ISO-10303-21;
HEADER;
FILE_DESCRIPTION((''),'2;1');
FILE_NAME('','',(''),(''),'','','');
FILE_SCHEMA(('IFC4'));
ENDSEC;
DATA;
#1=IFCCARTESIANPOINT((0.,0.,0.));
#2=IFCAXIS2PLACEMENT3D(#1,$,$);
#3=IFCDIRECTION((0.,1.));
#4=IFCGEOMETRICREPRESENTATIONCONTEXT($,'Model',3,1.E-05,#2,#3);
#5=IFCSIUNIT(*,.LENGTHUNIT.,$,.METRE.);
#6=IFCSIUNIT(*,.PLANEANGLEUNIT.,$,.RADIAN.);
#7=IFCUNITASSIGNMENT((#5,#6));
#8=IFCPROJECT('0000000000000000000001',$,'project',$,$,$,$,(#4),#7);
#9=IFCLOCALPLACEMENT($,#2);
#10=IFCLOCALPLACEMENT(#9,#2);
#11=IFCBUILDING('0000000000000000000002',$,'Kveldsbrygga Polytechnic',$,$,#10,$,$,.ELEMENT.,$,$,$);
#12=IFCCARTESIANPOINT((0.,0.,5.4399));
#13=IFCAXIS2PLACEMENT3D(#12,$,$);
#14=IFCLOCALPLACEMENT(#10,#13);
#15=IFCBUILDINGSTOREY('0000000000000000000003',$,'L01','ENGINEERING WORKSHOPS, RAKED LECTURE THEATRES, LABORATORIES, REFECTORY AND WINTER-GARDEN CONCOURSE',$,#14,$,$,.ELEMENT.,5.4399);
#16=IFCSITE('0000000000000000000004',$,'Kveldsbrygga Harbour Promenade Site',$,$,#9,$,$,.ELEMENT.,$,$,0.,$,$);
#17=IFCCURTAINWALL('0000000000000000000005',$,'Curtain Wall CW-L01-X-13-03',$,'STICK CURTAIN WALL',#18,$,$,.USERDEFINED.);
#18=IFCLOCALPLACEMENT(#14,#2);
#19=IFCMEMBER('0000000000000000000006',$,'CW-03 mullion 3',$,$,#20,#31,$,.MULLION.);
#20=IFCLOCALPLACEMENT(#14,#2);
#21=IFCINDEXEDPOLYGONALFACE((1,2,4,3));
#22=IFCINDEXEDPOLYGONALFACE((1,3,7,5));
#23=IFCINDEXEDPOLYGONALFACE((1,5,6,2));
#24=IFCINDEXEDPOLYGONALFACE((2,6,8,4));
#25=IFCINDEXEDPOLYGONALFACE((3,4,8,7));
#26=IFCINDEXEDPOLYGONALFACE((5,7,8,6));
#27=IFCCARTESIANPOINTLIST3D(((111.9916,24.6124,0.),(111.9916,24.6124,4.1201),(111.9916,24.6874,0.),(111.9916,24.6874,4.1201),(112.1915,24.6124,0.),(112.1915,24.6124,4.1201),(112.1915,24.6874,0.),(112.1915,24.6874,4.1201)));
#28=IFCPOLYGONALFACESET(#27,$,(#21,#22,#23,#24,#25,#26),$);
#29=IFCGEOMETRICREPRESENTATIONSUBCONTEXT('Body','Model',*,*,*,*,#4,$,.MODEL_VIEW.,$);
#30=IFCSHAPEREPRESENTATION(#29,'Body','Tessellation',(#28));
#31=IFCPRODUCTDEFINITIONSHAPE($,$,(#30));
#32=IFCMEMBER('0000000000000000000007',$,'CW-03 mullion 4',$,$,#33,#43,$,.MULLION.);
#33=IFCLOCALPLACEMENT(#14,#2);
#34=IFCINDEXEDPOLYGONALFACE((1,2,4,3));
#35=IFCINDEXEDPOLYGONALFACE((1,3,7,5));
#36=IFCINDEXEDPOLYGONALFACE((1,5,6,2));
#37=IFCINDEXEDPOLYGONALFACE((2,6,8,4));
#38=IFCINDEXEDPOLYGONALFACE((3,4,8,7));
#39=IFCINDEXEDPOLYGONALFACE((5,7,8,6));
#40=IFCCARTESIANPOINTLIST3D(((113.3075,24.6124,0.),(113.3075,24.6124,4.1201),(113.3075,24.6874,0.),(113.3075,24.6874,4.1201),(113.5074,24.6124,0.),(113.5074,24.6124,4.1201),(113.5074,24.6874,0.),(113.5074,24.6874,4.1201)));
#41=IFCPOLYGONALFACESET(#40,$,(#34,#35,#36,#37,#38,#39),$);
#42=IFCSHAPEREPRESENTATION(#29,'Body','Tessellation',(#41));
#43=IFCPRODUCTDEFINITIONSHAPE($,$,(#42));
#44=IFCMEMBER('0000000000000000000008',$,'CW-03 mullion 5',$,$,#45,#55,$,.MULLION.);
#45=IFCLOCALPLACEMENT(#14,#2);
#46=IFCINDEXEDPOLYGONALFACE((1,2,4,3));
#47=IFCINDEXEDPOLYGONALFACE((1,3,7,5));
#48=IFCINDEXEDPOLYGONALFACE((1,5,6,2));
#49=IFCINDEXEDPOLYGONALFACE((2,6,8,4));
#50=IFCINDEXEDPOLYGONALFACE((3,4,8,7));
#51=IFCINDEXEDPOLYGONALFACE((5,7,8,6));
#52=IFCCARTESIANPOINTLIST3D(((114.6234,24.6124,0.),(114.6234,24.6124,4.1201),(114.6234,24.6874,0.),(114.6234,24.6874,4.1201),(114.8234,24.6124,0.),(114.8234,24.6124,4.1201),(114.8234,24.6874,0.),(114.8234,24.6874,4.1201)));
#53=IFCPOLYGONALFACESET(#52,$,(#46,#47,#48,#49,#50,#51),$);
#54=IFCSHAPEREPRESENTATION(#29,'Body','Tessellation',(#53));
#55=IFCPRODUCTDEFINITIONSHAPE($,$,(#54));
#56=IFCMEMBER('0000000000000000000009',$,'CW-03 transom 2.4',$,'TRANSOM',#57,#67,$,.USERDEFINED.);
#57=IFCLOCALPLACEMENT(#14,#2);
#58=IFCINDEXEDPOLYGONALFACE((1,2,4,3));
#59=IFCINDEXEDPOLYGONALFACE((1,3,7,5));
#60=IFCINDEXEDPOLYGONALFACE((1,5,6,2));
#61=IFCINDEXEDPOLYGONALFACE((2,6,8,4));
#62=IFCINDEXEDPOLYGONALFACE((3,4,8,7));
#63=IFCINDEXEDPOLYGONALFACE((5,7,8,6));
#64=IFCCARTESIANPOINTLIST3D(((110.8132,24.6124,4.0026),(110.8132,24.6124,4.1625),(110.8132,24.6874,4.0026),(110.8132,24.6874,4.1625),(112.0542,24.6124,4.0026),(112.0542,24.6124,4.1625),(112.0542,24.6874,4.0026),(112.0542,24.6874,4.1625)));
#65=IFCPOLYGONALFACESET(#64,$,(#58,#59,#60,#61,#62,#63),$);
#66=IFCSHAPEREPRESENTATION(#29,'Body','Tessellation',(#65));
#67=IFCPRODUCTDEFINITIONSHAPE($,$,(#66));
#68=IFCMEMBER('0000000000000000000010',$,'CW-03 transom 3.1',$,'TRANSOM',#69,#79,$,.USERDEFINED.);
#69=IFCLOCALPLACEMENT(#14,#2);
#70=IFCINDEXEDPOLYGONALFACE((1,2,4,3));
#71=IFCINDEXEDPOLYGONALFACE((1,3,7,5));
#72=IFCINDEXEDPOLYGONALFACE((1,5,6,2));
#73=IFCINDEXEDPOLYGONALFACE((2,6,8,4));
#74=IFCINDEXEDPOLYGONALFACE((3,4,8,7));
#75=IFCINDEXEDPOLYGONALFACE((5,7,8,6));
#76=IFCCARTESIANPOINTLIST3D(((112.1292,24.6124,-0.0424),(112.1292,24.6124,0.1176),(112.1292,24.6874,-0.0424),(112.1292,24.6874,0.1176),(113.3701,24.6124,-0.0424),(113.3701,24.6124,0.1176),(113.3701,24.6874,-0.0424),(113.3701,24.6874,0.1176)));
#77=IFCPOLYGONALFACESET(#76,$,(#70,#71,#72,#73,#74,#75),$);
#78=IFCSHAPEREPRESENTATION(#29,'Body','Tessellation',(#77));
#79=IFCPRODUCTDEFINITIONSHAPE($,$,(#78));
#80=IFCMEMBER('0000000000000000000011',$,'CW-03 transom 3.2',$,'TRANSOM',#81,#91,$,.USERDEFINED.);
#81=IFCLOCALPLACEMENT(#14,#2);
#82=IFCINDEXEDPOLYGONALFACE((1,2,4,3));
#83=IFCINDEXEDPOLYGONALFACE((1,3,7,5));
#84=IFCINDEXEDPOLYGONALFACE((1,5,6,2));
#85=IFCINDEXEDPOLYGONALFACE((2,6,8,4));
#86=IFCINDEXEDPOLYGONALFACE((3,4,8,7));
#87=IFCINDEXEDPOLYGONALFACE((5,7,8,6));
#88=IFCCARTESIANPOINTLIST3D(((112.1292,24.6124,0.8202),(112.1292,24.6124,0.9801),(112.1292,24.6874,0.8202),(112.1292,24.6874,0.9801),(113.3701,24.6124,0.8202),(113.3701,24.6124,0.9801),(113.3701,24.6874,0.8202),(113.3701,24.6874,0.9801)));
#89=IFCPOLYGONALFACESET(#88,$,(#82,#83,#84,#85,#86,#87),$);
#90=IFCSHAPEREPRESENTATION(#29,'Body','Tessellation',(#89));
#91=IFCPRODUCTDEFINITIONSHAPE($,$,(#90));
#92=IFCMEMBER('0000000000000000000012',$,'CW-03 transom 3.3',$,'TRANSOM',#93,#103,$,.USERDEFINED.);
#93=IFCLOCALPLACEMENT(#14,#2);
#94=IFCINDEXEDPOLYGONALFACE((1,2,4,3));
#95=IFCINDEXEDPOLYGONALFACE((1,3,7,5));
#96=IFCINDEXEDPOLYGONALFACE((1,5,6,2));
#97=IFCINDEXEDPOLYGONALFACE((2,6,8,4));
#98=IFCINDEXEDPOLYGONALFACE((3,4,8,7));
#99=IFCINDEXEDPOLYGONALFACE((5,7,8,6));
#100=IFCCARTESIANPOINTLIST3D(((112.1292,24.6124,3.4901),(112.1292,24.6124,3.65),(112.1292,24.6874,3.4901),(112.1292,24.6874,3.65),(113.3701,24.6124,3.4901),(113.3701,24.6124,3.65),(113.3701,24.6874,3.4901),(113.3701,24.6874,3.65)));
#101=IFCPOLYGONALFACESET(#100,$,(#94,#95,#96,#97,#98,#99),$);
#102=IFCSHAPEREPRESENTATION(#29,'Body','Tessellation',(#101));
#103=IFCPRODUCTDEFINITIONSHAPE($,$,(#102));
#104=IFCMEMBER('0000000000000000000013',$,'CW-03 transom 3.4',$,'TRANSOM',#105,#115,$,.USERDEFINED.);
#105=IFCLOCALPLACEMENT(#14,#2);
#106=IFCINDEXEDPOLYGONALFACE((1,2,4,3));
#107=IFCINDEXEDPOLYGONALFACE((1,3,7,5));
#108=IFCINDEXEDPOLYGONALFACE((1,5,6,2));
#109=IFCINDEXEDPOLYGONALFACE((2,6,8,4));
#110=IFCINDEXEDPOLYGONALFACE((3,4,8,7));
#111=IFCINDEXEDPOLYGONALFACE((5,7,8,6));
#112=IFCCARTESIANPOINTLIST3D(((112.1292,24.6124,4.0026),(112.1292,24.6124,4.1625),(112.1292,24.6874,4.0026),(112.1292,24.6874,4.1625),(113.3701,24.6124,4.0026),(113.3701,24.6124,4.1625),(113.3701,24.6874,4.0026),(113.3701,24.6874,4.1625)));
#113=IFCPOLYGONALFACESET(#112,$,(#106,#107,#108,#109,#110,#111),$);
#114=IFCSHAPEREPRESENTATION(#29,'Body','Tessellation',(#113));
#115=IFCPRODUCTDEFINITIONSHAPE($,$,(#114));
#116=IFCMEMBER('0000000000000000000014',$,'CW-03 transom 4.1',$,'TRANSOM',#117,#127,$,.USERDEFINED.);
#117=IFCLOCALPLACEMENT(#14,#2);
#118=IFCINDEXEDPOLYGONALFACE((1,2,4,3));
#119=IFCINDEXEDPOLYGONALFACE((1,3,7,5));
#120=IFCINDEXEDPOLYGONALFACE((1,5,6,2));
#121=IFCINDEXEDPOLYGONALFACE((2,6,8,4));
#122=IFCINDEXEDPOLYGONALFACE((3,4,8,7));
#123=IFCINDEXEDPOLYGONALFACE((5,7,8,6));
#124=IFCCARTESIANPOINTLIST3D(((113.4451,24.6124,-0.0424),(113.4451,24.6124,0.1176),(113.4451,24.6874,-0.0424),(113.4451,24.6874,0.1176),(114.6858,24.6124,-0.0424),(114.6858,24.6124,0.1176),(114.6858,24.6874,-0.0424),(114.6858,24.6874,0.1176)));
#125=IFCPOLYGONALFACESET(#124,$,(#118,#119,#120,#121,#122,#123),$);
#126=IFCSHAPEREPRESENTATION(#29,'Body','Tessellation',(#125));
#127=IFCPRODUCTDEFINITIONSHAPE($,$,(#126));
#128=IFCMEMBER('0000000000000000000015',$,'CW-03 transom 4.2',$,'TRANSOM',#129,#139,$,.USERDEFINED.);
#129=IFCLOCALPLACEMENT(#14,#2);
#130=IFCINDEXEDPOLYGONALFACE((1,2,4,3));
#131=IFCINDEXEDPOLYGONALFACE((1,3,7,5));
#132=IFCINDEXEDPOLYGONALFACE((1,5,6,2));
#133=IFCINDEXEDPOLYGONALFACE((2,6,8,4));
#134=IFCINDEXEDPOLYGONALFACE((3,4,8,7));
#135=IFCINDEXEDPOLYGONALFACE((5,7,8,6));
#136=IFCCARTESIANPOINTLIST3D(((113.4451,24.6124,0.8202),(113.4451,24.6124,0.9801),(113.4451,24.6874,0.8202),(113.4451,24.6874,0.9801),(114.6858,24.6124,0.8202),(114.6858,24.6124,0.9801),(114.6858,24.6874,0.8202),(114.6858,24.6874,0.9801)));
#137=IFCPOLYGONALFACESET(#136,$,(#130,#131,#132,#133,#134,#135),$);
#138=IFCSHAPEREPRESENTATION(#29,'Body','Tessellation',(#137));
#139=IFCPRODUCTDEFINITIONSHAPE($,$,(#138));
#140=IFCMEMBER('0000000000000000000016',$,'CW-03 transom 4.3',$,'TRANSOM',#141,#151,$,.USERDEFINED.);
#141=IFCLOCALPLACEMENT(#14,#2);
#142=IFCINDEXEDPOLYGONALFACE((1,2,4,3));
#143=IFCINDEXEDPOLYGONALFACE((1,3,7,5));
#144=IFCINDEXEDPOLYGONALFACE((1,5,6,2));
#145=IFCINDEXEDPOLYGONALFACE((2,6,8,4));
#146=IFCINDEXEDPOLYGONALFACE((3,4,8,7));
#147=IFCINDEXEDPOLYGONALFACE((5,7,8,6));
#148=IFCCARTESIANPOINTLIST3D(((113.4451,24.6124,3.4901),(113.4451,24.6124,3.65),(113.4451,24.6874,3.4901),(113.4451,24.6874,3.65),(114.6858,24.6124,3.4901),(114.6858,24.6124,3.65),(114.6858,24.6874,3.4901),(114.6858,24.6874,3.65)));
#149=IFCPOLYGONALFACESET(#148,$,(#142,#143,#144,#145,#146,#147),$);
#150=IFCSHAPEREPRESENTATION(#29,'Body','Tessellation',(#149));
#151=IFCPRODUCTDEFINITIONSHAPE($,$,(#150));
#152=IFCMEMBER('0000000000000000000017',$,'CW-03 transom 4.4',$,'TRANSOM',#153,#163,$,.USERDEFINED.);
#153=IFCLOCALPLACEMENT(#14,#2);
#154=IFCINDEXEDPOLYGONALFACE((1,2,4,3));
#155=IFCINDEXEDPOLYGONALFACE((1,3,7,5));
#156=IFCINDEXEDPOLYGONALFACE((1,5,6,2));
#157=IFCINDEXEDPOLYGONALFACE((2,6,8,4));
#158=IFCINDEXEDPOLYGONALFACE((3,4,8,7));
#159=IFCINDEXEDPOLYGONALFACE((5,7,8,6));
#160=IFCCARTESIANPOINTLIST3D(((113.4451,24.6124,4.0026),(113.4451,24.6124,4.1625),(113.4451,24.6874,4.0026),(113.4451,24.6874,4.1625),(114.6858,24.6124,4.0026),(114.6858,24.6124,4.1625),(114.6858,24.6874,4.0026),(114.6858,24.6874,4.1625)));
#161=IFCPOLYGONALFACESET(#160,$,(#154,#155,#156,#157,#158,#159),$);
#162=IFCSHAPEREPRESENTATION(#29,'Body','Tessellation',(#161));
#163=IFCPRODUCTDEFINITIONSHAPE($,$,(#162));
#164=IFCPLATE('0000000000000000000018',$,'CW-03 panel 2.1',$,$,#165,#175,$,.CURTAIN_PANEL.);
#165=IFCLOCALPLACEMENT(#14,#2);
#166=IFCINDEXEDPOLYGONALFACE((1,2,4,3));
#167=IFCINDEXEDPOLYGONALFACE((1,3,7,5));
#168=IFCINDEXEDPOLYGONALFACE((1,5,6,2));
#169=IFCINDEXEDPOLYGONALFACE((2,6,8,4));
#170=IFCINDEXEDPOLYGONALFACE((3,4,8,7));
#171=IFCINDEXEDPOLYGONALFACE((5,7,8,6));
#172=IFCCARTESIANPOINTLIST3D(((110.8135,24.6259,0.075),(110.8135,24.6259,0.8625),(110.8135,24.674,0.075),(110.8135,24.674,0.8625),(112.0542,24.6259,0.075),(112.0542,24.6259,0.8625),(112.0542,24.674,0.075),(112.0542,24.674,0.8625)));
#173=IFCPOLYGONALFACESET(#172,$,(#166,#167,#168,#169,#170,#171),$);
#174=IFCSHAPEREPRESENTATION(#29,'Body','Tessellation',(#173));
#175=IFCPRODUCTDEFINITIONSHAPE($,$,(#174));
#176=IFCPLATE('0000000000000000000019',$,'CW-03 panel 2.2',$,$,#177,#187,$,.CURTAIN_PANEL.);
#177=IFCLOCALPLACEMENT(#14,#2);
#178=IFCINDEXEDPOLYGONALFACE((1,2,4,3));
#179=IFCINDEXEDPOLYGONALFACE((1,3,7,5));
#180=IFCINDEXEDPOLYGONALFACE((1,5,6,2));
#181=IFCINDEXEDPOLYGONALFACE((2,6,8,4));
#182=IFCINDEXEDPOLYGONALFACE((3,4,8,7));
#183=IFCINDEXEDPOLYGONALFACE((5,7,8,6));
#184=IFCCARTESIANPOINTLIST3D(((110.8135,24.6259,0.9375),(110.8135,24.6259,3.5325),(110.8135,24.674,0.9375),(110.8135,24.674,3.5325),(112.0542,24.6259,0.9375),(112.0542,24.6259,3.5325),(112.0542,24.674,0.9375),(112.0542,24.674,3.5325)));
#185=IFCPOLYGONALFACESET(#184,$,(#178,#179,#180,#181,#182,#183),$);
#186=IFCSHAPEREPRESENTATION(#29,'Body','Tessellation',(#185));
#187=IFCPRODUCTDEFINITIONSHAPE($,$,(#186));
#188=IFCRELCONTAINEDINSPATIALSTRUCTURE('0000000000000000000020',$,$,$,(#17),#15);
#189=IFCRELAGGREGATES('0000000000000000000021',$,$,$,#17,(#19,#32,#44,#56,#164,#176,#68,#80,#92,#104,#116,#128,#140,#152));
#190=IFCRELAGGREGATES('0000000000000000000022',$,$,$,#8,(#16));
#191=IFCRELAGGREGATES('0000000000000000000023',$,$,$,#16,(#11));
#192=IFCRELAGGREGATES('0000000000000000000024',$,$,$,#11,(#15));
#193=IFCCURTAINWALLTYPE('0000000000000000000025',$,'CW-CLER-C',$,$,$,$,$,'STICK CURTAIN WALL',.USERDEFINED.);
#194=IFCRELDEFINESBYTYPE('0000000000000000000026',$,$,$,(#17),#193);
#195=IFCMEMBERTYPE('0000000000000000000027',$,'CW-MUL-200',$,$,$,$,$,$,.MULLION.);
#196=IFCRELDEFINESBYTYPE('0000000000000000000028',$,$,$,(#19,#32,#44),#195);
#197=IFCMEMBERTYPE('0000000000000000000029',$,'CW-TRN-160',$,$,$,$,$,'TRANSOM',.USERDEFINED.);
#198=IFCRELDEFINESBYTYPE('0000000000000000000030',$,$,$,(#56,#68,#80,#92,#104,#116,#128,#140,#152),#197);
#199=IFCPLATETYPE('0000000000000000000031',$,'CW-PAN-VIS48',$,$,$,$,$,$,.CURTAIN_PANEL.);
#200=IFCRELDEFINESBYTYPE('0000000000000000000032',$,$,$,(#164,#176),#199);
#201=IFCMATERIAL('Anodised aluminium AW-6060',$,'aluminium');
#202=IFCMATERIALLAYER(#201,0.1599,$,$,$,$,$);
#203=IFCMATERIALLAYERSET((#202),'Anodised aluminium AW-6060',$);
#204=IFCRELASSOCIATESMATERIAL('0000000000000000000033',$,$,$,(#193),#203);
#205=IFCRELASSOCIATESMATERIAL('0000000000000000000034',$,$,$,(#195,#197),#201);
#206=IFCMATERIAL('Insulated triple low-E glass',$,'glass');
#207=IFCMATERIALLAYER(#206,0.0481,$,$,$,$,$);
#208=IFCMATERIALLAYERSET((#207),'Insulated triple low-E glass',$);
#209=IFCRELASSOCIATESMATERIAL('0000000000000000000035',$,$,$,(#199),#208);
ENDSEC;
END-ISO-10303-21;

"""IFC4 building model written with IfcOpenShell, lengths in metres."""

from ifc_helpers import new_model, si_unit, direction, frame, origin, origin_2d, place, context, subcontext, project, spatial, rectangle, extrude, material, layer, layer_set, material_profile, profile_set, type_object, element, aggregate, save


model = new_model("IFC4")

# Units and contexts
model_context = context("Model", 3, precision=1e-05, world=origin(), true_north=direction((0.0, 1.0)))
body_context = subcontext(model_context, "Body", "Model", "MODEL_VIEW")
ifc_project = project(units=[si_unit("LENGTHUNIT", "METRE"), si_unit("PLANEANGLEUNIT", "RADIAN")], contexts=[model_context])

# Site, building, storey
site_placement = place(None, origin())
site = spatial("IfcSite", under=ifc_project, at=site_placement, Name="Kveldsbrygga Harbour Promenade Site", CompositionType="ELEMENT", RefElevation=0.0)
building_placement = place(site_placement, origin())
building = spatial("IfcBuilding", under=site, at=building_placement, Name="Kveldsbrygga Polytechnic", CompositionType="ELEMENT")
storey_placement = place(building_placement, frame((0.0, 0.0, 5.4399)))
storey = spatial("IfcBuildingStorey", under=building, at=storey_placement, Name="L01", Description="ENGINEERING WORKSHOPS, RAKED LECTURE THEATRES, LABORATORIES, REFECTORY AND WINTER-GARDEN CONCOURSE", CompositionType="ELEMENT", Elevation=5.4399)

# Curtain wall, members, plates
ifc_material_1 = material(Name="Anodised aluminium AW-6060", Category="aluminium")
ifc_layer_1 = layer(ifc_material_1, 0.1599)
ifc_layer_set_1 = layer_set([ifc_layer_1], Name="Anodised aluminium AW-6060")
curtain_wall_type = type_object("IfcCurtainWallType", Name="CW-CLER-C", ElementType="STICK CURTAIN WALL", PredefinedType="USERDEFINED", material=ifc_layer_set_1)
curtain_wall_placement = place(storey_placement, origin())
curtain_wall = element("IfcCurtainWall", 1, at=curtain_wall_placement, inside=storey, type_object=curtain_wall_type, Name="Curtain Wall CW-L01-X-13-03", ObjectType="STICK CURTAIN WALL", PredefinedType="USERDEFINED")
ifc_material_profile_1 = material_profile(ifc_material_1, rectangle(XDim=0.075, YDim=0.2, at=origin_2d()), Name="ALU 75x200")
ifc_profile_set_1 = profile_set([ifc_material_profile_1], Name="Anodised aluminium AW-6060")
member_type_1 = type_object("IfcMemberType", Name="CW-MUL-200", PredefinedType="MULLION", material=ifc_profile_set_1)
member_1_placement = place(storey_placement, frame((112.0916, 24.6499, 0.0), z_axis=(0.0, 0.0, 1.0), x_axis=(0.0, 1.0, 0.0)))
member_1 = element("IfcMember", 2, at=member_1_placement, type_object=member_type_1, Name="CW-03 mullion 3", PredefinedType="MULLION", context=body_context, shape_type="SweptSolid", body=[
    extrude(rectangle(XDim=0.075, YDim=0.2, at=origin_2d()), origin(), (0.0, 0.0, 1.0), 4.1201),
])
member_2_placement = place(storey_placement, frame((113.4075, 24.6499, 0.0), z_axis=(0.0, 0.0, 1.0), x_axis=(0.0, 1.0, 0.0)))
member_2 = element("IfcMember", 3, at=member_2_placement, type_object=member_type_1, Name="CW-03 mullion 4", PredefinedType="MULLION", context=body_context, shape_type="SweptSolid", body=[
    extrude(rectangle(XDim=0.075, YDim=0.2, at=origin_2d()), origin(), (0.0, 0.0, 1.0), 4.1201),
])
member_3_placement = place(storey_placement, frame((114.7234, 24.6499, 0.0), z_axis=(0.0, 0.0, 1.0), x_axis=(0.0, 1.0, 0.0)))
member_3 = element("IfcMember", 4, at=member_3_placement, type_object=member_type_1, Name="CW-03 mullion 5", PredefinedType="MULLION", context=body_context, shape_type="SweptSolid", body=[
    extrude(rectangle(XDim=0.075, YDim=0.2, at=origin_2d()), origin(), (0.0, 0.0, 1.0), 4.1201),
])
ifc_material_profile_2 = material_profile(ifc_material_1, rectangle(XDim=0.075, YDim=0.1599, at=origin_2d()), Name="ALU 75x160")
ifc_profile_set_2 = profile_set([ifc_material_profile_2], Name="Anodised aluminium AW-6060")
member_type_2 = type_object("IfcMemberType", Name="CW-TRN-160", ElementType="TRANSOM", PredefinedType="USERDEFINED", material=ifc_profile_set_2)
member_4_placement = place(storey_placement, frame((110.8132, 24.6499, 4.0825), z_axis=(1.0, 0.0, 0.0), x_axis=(0.0, 1.0, 0.0)))
member_4 = element("IfcMember", 5, at=member_4_placement, type_object=member_type_2, Name="CW-03 transom 2.4", ObjectType="TRANSOM", PredefinedType="USERDEFINED", context=body_context, shape_type="SweptSolid", body=[
    extrude(rectangle(XDim=0.075, YDim=0.1599, at=origin_2d()), origin(), (0.0, 0.0, 1.0), 1.241),
])
member_5_placement = place(storey_placement, frame((112.1292, 24.6499, 0.0376), z_axis=(1.0, 0.0, 0.0), x_axis=(0.0, 1.0, 0.0)))
member_5 = element("IfcMember", 6, at=member_5_placement, type_object=member_type_2, Name="CW-03 transom 3.1", ObjectType="TRANSOM", PredefinedType="USERDEFINED", context=body_context, shape_type="SweptSolid", body=[
    extrude(rectangle(XDim=0.075, YDim=0.1599, at=origin_2d()), origin(), (0.0, 0.0, 1.0), 1.241),
])
member_6_placement = place(storey_placement, frame((112.1292, 24.6499, 0.9001), z_axis=(1.0, 0.0, 0.0), x_axis=(0.0, 1.0, 0.0)))
member_6 = element("IfcMember", 7, at=member_6_placement, type_object=member_type_2, Name="CW-03 transom 3.2", ObjectType="TRANSOM", PredefinedType="USERDEFINED", context=body_context, shape_type="SweptSolid", body=[
    extrude(rectangle(XDim=0.075, YDim=0.1599, at=origin_2d()), origin(), (0.0, 0.0, 1.0), 1.241),
])
member_7_placement = place(storey_placement, frame((112.1292, 24.6499, 3.5701), z_axis=(1.0, 0.0, 0.0), x_axis=(0.0, 1.0, 0.0)))
member_7 = element("IfcMember", 8, at=member_7_placement, type_object=member_type_2, Name="CW-03 transom 3.3", ObjectType="TRANSOM", PredefinedType="USERDEFINED", context=body_context, shape_type="SweptSolid", body=[
    extrude(rectangle(XDim=0.075, YDim=0.1599, at=origin_2d()), origin(), (0.0, 0.0, 1.0), 1.241),
])
member_8_placement = place(storey_placement, frame((112.1292, 24.6499, 4.0825), z_axis=(1.0, 0.0, 0.0), x_axis=(0.0, 1.0, 0.0)))
member_8 = element("IfcMember", 9, at=member_8_placement, type_object=member_type_2, Name="CW-03 transom 3.4", ObjectType="TRANSOM", PredefinedType="USERDEFINED", context=body_context, shape_type="SweptSolid", body=[
    extrude(rectangle(XDim=0.075, YDim=0.1599, at=origin_2d()), origin(), (0.0, 0.0, 1.0), 1.241),
])
member_9_placement = place(storey_placement, frame((113.4451, 24.6499, 0.0376), z_axis=(1.0, 0.0, 0.0), x_axis=(0.0, 1.0, 0.0)))
member_9 = element("IfcMember", 10, at=member_9_placement, type_object=member_type_2, Name="CW-03 transom 4.1", ObjectType="TRANSOM", PredefinedType="USERDEFINED", context=body_context, shape_type="SweptSolid", body=[
    extrude(rectangle(XDim=0.075, YDim=0.1599, at=origin_2d()), origin(), (0.0, 0.0, 1.0), 1.2407),
])
member_10_placement = place(storey_placement, frame((113.4451, 24.6499, 0.9001), z_axis=(1.0, 0.0, 0.0), x_axis=(0.0, 1.0, 0.0)))
member_10 = element("IfcMember", 11, at=member_10_placement, type_object=member_type_2, Name="CW-03 transom 4.2", ObjectType="TRANSOM", PredefinedType="USERDEFINED", context=body_context, shape_type="SweptSolid", body=[
    extrude(rectangle(XDim=0.075, YDim=0.1599, at=origin_2d()), origin(), (0.0, 0.0, 1.0), 1.2407),
])
member_11_placement = place(storey_placement, frame((113.4451, 24.6499, 3.5701), z_axis=(1.0, 0.0, 0.0), x_axis=(0.0, 1.0, 0.0)))
member_11 = element("IfcMember", 12, at=member_11_placement, type_object=member_type_2, Name="CW-03 transom 4.3", ObjectType="TRANSOM", PredefinedType="USERDEFINED", context=body_context, shape_type="SweptSolid", body=[
    extrude(rectangle(XDim=0.075, YDim=0.1599, at=origin_2d()), origin(), (0.0, 0.0, 1.0), 1.2407),
])
member_12_placement = place(storey_placement, frame((113.4451, 24.6499, 4.0825), z_axis=(1.0, 0.0, 0.0), x_axis=(0.0, 1.0, 0.0)))
member_12 = element("IfcMember", 13, at=member_12_placement, type_object=member_type_2, Name="CW-03 transom 4.4", ObjectType="TRANSOM", PredefinedType="USERDEFINED", context=body_context, shape_type="SweptSolid", body=[
    extrude(rectangle(XDim=0.075, YDim=0.1599, at=origin_2d()), origin(), (0.0, 0.0, 1.0), 1.2407),
])
ifc_material_2 = material(Name="Insulated triple low-E glass", Category="glass")
ifc_layer_2 = layer(ifc_material_2, 0.0481)
ifc_layer_set_2 = layer_set([ifc_layer_2], Name="Insulated triple low-E glass")
plate_type = type_object("IfcPlateType", Name="CW-PAN-VIS48", PredefinedType="CURTAIN_PANEL", material=ifc_layer_set_2)
plate_1_placement = place(storey_placement, frame((111.4338, 24.6499, 0.075), z_axis=(0.0, 0.0, 1.0), x_axis=(1.0, 0.0, 0.0)))
plate_1 = element("IfcPlate", 14, at=plate_1_placement, type_object=plate_type, Name="CW-03 panel 2.1", PredefinedType="CURTAIN_PANEL", context=body_context, shape_type="SweptSolid", body=[
    extrude(rectangle(XDim=1.2407, YDim=0.0481, at=origin_2d()), origin(), (0.0, 0.0, 1.0), 0.7876),
])
plate_2_placement = place(storey_placement, frame((111.4338, 24.6499, 0.9375), z_axis=(0.0, 0.0, 1.0), x_axis=(1.0, 0.0, 0.0)))
plate_2 = element("IfcPlate", 15, at=plate_2_placement, type_object=plate_type, Name="CW-03 panel 2.2", PredefinedType="CURTAIN_PANEL", context=body_context, shape_type="SweptSolid", body=[
    extrude(rectangle(XDim=1.2407, YDim=0.0481, at=origin_2d()), origin(), (0.0, 0.0, 1.0), 2.595),
])
aggregate(curtain_wall, [member_1, member_2, member_3, member_4, plate_1, plate_2, member_5, member_6, member_7, member_8, member_9, member_10, member_11, member_12])

save(model, "model.ifc")
